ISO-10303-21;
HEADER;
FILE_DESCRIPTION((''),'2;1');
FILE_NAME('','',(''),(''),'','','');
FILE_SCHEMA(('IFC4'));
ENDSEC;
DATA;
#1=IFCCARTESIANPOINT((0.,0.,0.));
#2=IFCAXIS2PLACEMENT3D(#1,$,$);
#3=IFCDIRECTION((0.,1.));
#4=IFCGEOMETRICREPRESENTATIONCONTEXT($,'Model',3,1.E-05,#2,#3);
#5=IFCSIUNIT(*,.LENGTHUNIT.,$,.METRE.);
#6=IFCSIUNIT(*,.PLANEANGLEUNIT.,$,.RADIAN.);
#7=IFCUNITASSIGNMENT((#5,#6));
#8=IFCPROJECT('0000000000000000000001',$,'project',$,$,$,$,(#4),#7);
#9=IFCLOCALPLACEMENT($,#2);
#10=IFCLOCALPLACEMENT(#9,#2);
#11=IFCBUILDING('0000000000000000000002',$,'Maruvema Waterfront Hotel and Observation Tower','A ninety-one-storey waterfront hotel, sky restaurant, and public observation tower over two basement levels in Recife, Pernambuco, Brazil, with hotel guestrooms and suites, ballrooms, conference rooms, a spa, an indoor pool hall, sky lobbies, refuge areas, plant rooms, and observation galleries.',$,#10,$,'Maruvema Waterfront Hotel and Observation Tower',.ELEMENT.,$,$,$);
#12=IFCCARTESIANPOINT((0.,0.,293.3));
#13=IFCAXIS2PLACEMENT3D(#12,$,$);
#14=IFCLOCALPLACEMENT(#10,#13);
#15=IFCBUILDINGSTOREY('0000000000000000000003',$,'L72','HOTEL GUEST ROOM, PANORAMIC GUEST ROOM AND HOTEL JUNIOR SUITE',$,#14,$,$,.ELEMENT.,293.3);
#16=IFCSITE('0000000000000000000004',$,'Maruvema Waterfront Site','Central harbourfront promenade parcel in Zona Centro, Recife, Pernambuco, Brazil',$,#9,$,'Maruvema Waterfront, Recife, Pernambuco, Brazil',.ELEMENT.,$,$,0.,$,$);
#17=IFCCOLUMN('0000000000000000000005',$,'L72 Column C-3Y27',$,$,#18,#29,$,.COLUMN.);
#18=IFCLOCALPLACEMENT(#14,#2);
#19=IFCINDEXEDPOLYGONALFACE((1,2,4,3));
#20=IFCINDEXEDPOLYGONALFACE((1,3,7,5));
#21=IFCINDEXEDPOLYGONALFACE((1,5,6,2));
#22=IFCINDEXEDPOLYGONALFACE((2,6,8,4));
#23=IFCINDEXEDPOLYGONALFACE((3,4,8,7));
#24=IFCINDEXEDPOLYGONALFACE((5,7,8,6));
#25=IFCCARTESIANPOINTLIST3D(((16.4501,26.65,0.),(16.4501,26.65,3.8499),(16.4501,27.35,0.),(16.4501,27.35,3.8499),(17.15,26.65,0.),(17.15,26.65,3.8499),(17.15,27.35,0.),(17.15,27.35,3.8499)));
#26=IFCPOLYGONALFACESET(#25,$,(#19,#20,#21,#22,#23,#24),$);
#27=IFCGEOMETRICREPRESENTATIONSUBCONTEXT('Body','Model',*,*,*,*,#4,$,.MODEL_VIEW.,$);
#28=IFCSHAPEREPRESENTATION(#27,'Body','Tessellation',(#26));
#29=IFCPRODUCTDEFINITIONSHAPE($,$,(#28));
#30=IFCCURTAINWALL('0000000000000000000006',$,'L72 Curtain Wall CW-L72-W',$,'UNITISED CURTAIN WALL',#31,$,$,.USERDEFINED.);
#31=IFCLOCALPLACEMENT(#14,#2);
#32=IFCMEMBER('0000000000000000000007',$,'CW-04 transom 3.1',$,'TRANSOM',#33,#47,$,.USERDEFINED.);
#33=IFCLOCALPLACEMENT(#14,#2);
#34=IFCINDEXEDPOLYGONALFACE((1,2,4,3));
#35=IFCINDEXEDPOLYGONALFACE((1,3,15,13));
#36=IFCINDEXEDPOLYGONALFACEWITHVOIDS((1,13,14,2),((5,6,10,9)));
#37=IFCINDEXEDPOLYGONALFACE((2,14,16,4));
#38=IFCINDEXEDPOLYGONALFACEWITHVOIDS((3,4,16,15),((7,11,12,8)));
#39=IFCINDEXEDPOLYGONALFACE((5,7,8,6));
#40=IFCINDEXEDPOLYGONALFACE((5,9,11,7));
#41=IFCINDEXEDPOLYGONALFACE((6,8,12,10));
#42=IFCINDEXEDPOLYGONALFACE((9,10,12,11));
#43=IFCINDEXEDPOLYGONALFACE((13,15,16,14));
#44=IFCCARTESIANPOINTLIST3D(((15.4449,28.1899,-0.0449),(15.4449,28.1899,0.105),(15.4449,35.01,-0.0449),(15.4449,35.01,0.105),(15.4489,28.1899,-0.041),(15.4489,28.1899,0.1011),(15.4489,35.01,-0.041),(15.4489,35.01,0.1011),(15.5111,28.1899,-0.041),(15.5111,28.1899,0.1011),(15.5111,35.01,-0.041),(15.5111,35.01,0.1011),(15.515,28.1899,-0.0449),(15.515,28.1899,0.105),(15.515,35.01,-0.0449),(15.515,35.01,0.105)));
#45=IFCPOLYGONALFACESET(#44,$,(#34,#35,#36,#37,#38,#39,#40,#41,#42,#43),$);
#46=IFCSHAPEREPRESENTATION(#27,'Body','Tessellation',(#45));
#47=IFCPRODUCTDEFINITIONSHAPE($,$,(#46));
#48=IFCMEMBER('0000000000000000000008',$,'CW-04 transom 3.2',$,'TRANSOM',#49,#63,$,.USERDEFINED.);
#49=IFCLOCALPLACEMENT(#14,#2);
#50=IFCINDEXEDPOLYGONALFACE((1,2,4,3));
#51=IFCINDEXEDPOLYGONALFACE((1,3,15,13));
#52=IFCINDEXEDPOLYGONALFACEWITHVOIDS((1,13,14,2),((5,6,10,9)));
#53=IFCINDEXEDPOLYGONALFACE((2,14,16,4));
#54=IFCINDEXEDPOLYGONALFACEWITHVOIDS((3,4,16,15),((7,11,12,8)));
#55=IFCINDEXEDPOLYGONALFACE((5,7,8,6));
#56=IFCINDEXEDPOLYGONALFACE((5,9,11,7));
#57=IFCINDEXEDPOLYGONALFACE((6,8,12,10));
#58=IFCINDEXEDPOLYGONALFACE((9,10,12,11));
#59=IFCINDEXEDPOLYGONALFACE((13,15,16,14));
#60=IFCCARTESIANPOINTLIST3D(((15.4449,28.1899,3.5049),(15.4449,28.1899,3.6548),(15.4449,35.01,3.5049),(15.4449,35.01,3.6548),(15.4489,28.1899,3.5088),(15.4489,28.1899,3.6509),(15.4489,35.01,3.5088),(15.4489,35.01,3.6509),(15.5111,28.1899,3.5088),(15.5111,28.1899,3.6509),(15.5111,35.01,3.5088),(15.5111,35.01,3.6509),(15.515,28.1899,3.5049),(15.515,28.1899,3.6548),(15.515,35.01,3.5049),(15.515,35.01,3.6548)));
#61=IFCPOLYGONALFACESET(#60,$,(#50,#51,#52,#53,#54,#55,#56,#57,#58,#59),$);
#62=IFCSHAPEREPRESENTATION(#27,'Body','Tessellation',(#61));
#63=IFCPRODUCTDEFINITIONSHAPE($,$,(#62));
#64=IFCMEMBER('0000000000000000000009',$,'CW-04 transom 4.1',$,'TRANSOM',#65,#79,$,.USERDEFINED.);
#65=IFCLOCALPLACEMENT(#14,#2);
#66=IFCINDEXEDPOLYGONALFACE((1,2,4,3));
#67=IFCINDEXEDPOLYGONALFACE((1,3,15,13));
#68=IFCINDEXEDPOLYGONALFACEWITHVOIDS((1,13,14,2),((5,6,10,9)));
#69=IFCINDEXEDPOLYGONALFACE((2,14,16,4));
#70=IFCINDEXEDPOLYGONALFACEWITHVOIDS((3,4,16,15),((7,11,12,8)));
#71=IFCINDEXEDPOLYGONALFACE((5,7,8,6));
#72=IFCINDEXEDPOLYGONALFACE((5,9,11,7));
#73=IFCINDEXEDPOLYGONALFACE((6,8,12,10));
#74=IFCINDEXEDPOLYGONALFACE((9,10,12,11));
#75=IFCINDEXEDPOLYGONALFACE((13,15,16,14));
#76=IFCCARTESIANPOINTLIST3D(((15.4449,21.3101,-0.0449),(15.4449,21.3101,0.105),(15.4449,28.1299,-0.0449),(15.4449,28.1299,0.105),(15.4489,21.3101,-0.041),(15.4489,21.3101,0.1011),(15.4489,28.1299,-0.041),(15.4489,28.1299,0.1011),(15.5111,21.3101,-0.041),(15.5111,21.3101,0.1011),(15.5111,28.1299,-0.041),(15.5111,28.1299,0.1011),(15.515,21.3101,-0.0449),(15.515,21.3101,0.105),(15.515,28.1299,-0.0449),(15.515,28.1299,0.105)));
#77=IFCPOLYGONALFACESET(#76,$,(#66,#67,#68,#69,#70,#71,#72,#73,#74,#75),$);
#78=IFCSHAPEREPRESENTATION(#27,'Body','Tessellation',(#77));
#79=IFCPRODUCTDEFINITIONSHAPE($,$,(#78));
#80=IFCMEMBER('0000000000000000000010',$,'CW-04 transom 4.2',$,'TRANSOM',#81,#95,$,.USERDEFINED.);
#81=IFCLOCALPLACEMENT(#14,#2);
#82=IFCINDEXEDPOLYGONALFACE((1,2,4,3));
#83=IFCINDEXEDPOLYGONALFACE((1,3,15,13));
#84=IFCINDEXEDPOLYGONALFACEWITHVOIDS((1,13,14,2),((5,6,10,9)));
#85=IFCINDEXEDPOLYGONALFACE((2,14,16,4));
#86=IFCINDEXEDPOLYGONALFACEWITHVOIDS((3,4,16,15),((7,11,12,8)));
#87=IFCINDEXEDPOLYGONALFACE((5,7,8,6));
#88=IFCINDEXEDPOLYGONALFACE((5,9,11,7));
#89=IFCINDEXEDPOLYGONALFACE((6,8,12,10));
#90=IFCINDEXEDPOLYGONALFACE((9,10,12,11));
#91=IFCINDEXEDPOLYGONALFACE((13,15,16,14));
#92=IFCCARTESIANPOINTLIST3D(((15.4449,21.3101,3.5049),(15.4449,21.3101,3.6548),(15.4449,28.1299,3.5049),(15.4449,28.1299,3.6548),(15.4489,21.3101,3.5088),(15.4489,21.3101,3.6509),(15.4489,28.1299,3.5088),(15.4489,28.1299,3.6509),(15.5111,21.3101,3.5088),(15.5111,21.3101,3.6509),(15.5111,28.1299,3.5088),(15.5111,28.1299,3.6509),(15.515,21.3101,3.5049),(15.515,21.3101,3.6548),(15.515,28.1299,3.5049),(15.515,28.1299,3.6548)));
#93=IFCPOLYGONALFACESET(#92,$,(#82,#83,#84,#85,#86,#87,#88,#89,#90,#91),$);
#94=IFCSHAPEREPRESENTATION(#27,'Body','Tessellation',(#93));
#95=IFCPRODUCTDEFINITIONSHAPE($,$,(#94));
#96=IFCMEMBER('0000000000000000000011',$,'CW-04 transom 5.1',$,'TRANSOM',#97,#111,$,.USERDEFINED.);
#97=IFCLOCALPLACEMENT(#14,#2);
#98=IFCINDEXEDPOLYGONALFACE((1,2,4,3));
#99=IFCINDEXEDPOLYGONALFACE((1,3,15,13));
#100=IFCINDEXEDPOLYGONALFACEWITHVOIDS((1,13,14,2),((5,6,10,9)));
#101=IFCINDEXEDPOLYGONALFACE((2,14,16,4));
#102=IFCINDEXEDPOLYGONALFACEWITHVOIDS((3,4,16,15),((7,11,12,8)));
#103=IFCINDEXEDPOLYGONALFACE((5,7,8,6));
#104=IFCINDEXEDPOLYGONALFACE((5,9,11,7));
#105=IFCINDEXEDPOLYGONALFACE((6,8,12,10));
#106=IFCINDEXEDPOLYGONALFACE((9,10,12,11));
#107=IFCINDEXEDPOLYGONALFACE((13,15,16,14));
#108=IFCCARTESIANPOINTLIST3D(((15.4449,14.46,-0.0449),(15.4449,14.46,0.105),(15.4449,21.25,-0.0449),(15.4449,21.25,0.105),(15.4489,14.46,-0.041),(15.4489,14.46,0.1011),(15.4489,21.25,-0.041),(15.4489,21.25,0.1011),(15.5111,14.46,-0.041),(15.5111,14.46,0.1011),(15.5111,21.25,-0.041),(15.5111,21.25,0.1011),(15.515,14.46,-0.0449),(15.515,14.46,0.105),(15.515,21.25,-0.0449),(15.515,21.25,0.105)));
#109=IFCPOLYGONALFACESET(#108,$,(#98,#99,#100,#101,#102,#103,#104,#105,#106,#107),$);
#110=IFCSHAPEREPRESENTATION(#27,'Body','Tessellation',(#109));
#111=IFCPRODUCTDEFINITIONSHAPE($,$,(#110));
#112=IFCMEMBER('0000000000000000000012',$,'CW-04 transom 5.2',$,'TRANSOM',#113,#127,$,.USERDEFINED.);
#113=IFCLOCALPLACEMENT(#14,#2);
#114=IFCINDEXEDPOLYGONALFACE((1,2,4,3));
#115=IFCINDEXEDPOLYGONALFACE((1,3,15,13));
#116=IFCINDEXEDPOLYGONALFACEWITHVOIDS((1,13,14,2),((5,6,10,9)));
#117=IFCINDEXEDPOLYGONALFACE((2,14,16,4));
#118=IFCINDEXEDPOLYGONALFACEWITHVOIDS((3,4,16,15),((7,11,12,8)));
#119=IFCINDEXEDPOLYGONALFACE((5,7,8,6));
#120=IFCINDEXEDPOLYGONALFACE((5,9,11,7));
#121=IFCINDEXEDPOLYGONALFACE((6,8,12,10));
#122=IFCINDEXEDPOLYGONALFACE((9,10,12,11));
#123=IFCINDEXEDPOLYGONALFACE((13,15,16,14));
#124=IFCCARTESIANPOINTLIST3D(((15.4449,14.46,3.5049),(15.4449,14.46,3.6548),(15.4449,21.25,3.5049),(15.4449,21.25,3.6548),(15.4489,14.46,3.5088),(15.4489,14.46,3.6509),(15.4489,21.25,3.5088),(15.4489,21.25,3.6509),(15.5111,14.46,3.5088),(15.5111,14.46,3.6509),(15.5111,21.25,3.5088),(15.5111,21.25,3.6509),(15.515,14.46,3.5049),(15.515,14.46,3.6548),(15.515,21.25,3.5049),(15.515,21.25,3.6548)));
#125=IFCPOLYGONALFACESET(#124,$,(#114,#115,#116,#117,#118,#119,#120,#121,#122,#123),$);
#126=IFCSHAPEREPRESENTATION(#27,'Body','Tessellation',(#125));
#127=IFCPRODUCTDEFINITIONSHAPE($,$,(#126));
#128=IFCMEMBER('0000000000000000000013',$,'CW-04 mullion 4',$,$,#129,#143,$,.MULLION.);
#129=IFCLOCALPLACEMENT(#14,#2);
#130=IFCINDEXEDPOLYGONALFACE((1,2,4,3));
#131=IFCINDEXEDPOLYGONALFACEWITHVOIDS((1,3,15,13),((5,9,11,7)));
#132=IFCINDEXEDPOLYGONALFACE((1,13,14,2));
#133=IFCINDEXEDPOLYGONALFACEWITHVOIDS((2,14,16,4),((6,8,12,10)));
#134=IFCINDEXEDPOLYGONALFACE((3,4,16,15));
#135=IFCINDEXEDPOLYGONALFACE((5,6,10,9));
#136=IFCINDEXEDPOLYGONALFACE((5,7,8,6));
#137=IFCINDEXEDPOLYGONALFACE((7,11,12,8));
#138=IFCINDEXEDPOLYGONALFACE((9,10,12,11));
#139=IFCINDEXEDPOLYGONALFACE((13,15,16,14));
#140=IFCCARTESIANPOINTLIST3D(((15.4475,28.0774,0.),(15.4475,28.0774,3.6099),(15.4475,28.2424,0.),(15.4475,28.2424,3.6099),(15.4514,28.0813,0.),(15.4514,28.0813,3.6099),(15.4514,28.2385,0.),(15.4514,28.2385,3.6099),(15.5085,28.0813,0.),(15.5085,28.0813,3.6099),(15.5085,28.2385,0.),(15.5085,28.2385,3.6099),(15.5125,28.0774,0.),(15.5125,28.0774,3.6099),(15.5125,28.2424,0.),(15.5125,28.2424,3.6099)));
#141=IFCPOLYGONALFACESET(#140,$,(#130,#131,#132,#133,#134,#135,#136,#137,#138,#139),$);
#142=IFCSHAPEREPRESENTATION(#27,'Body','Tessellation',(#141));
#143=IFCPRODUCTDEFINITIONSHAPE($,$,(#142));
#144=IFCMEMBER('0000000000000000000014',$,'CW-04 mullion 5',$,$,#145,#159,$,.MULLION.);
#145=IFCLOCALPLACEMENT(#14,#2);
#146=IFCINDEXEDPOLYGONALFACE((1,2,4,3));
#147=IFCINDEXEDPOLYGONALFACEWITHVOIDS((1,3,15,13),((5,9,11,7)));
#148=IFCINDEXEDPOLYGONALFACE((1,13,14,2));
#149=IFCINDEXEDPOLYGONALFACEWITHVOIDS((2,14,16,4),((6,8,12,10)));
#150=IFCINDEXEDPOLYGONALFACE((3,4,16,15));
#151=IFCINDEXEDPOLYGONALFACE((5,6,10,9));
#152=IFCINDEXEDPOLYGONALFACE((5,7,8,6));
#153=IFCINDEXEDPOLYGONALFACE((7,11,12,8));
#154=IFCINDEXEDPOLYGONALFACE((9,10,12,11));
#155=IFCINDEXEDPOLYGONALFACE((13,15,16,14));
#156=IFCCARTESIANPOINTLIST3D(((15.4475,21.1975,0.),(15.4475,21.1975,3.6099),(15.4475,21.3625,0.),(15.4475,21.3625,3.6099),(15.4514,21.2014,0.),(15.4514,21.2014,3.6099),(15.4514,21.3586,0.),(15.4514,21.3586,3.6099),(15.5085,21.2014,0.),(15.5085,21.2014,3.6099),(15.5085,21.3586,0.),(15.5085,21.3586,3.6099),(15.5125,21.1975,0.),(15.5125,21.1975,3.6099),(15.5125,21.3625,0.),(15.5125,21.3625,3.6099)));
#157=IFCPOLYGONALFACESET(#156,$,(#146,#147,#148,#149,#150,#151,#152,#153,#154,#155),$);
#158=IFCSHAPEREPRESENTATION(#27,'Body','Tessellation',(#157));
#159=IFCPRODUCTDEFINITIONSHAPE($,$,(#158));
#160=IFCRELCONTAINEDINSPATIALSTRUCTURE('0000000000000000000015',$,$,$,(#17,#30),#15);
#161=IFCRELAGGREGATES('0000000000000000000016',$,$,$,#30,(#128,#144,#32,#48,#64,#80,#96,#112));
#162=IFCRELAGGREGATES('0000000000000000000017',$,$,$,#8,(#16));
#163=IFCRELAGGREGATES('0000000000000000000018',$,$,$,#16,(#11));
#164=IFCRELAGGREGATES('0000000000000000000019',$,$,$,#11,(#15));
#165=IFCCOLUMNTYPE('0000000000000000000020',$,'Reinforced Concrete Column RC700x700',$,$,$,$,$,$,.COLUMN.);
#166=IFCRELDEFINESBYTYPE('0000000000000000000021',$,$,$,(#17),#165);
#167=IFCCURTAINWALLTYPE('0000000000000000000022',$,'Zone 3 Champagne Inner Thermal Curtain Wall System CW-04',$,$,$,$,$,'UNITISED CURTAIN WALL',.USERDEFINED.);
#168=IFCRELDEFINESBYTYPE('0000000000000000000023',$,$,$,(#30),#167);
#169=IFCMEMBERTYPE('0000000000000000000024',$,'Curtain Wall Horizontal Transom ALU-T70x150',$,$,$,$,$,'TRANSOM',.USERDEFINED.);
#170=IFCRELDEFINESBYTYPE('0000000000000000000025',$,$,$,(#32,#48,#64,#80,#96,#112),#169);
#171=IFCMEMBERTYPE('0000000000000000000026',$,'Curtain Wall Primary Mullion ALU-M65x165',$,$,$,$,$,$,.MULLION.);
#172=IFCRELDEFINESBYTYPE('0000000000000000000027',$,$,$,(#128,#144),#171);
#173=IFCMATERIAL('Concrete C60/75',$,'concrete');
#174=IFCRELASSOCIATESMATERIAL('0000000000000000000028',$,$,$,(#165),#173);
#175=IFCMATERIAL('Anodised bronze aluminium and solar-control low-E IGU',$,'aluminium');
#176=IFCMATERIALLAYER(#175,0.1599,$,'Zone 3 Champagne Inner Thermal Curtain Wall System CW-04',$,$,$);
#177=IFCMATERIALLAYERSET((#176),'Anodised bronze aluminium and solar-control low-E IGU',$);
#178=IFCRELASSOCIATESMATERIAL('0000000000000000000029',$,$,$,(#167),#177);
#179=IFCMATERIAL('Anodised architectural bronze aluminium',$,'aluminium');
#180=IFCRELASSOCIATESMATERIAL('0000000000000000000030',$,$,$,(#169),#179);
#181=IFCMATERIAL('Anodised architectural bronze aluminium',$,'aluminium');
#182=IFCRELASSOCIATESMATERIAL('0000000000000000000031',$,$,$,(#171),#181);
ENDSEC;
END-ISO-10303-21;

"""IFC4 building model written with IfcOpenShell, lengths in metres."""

from ifc_helpers import new_model, si_unit, direction, frame, origin, origin_2d, place, context, subcontext, project, spatial, rectangle, hollow_rectangle, extrude, material, layer, layer_set, material_profile, profile_set, type_object, element, aggregate, save


model = new_model("IFC4")

# Units and contexts
model_context = context("Model", 3, precision=1e-05, world=origin(), true_north=direction((0.0, 1.0)))
body_context = subcontext(model_context, "Body", "Model", "MODEL_VIEW")
ifc_project = project(units=[si_unit("LENGTHUNIT", "METRE"), si_unit("PLANEANGLEUNIT", "RADIAN")], contexts=[model_context])

# Site, building, storey
site_placement = place(None, origin())
site = spatial("IfcSite", under=ifc_project, at=site_placement, Name="Maruvema Waterfront Site", Description="Central harbourfront promenade parcel in Zona Centro, Recife, Pernambuco, Brazil", LongName="Maruvema Waterfront, Recife, Pernambuco, Brazil", CompositionType="ELEMENT", RefElevation=0.0)
building_placement = place(site_placement, origin())
building = spatial("IfcBuilding", under=site, at=building_placement, Name="Maruvema Waterfront Hotel and Observation Tower", Description="A ninety-one-storey waterfront hotel, sky restaurant, and public observation tower over two basement levels in Recife, Pernambuco, Brazil, with hotel guestrooms and suites, ballrooms, conference rooms, a spa, an indoor pool hall, sky lobbies, refuge areas, plant rooms, and observation galleries.", LongName="Maruvema Waterfront Hotel and Observation Tower", CompositionType="ELEMENT")
storey_placement = place(building_placement, frame((0.0, 0.0, 293.3)))
storey = spatial("IfcBuildingStorey", under=building, at=storey_placement, Name="L72", Description="HOTEL GUEST ROOM, PANORAMIC GUEST ROOM AND HOTEL JUNIOR SUITE", CompositionType="ELEMENT", Elevation=293.3)

# Column
ifc_material_1 = material(Name="Concrete C60/75", Category="concrete")
ifc_material_profile_1 = material_profile(ifc_material_1, rectangle(XDim=0.7, YDim=0.7, at=origin_2d()), Name="RC700x700")
ifc_profile_set_1 = profile_set([ifc_material_profile_1], Name="Concrete C60/75")
column_type = type_object("IfcColumnType", Name="Reinforced Concrete Column RC700x700", PredefinedType="COLUMN", material=ifc_profile_set_1)
column_placement = place(storey_placement, frame((16.8, 27.0, 0.0), z_axis=(0.0, 0.0, 1.0), x_axis=(1.0, 0.0, 0.0)))
element("IfcColumn", 1, at=column_placement, inside=storey, type_object=column_type, Name="L72 Column C-3Y27", PredefinedType="COLUMN", context=body_context, shape_type="SweptSolid", body=[
    extrude(rectangle(XDim=0.7, YDim=0.7, at=origin_2d()), origin(), (0.0, 0.0, 1.0), 3.8499),
])

# Curtain wall, members
ifc_material_2 = material(Name="Anodised bronze aluminium and solar-control low-E IGU", Category="aluminium")
ifc_layer_1 = layer(ifc_material_2, 0.1599, Name="Zone 3 Champagne Inner Thermal Curtain Wall System CW-04")
ifc_layer_set_1 = layer_set([ifc_layer_1], Name="Anodised bronze aluminium and solar-control low-E IGU")
curtain_wall_type = type_object("IfcCurtainWallType", Name="Zone 3 Champagne Inner Thermal Curtain Wall System CW-04", ElementType="UNITISED CURTAIN WALL", PredefinedType="USERDEFINED", material=ifc_layer_set_1)
curtain_wall_placement = place(storey_placement, origin())
curtain_wall = element("IfcCurtainWall", 2, at=curtain_wall_placement, inside=storey, type_object=curtain_wall_type, Name="L72 Curtain Wall CW-L72-W", ObjectType="UNITISED CURTAIN WALL", PredefinedType="USERDEFINED")
ifc_material_3 = material(Name="Anodised architectural bronze aluminium", Category="aluminium")
ifc_material_profile_2 = material_profile(ifc_material_3, hollow_rectangle(XDim=0.0701, YDim=0.1499, WallThickness=0.0039, at=origin_2d()), Name="ALU-T70x150")
ifc_profile_set_2 = profile_set([ifc_material_profile_2], Name="Anodised architectural bronze aluminium")
member_type_1 = type_object("IfcMemberType", Name="Curtain Wall Horizontal Transom ALU-T70x150", ElementType="TRANSOM", PredefinedType="USERDEFINED", material=ifc_profile_set_2)
member_1_placement = place(storey_placement, frame((15.48, 35.01, 0.03), z_axis=(0.0, -1.0, 0.0), x_axis=(1.0, 0.0, 0.0)))
member_1 = element("IfcMember", 3, at=member_1_placement, type_object=member_type_1, Name="CW-04 transom 3.1", ObjectType="TRANSOM", PredefinedType="USERDEFINED", context=body_context, shape_type="SweptSolid", body=[
    extrude(hollow_rectangle(XDim=0.0701, YDim=0.1499, WallThickness=0.0039, at=origin_2d()), origin(), (0.0, 0.0, 1.0), 6.8201),
])
member_2_placement = place(storey_placement, frame((15.48, 35.01, 3.5798), z_axis=(0.0, -1.0, 0.0), x_axis=(1.0, 0.0, 0.0)))
member_2 = element("IfcMember", 4, at=member_2_placement, type_object=member_type_1, Name="CW-04 transom 3.2", ObjectType="TRANSOM", PredefinedType="USERDEFINED", context=body_context, shape_type="SweptSolid", body=[
    extrude(hollow_rectangle(XDim=0.0701, YDim=0.1499, WallThickness=0.0039, at=origin_2d()), origin(), (0.0, 0.0, 1.0), 6.8201),
])
member_3_placement = place(storey_placement, frame((15.48, 28.1299, 0.03), z_axis=(0.0, -1.0, 0.0), x_axis=(1.0, 0.0, 0.0)))
member_3 = element("IfcMember", 5, at=member_3_placement, type_object=member_type_1, Name="CW-04 transom 4.1", ObjectType="TRANSOM", PredefinedType="USERDEFINED", context=body_context, shape_type="SweptSolid", body=[
    extrude(hollow_rectangle(XDim=0.0701, YDim=0.1499, WallThickness=0.0039, at=origin_2d()), origin(), (0.0, 0.0, 1.0), 6.8198),
])
member_4_placement = place(storey_placement, frame((15.48, 28.1299, 3.5798), z_axis=(0.0, -1.0, 0.0), x_axis=(1.0, 0.0, 0.0)))
member_4 = element("IfcMember", 6, at=member_4_placement, type_object=member_type_1, Name="CW-04 transom 4.2", ObjectType="TRANSOM", PredefinedType="USERDEFINED", context=body_context, shape_type="SweptSolid", body=[
    extrude(hollow_rectangle(XDim=0.0701, YDim=0.1499, WallThickness=0.0039, at=origin_2d()), origin(), (0.0, 0.0, 1.0), 6.8198),
])
member_5_placement = place(storey_placement, frame((15.48, 21.25, 0.03), z_axis=(0.0, -1.0, 0.0), x_axis=(1.0, 0.0, 0.0)))
member_5 = element("IfcMember", 7, at=member_5_placement, type_object=member_type_1, Name="CW-04 transom 5.1", ObjectType="TRANSOM", PredefinedType="USERDEFINED", context=body_context, shape_type="SweptSolid", body=[
    extrude(hollow_rectangle(XDim=0.0701, YDim=0.1499, WallThickness=0.0039, at=origin_2d()), origin(), (0.0, 0.0, 1.0), 6.79),
])
member_6_placement = place(storey_placement, frame((15.48, 21.25, 3.5798), z_axis=(0.0, -1.0, 0.0), x_axis=(1.0, 0.0, 0.0)))
member_6 = element("IfcMember", 8, at=member_6_placement, type_object=member_type_1, Name="CW-04 transom 5.2", ObjectType="TRANSOM", PredefinedType="USERDEFINED", context=body_context, shape_type="SweptSolid", body=[
    extrude(hollow_rectangle(XDim=0.0701, YDim=0.1499, WallThickness=0.0039, at=origin_2d()), origin(), (0.0, 0.0, 1.0), 6.79),
])
ifc_material_4 = material(Name="Anodised architectural bronze aluminium", Category="aluminium")
ifc_material_profile_3 = material_profile(ifc_material_4, hollow_rectangle(XDim=0.0649, YDim=0.165, WallThickness=0.0039, at=origin_2d()), Name="ALU-M65x165")
ifc_profile_set_3 = profile_set([ifc_material_profile_3], Name="Anodised architectural bronze aluminium")
member_type_2 = type_object("IfcMemberType", Name="Curtain Wall Primary Mullion ALU-M65x165", PredefinedType="MULLION", material=ifc_profile_set_3)
member_7_placement = place(storey_placement, frame((15.48, 28.1599, 0.0), z_axis=(0.0, 0.0, 1.0), x_axis=(1.0, 0.0, 0.0)))
member_7 = element("IfcMember", 9, at=member_7_placement, type_object=member_type_2, Name="CW-04 mullion 4", PredefinedType="MULLION", context=body_context, shape_type="SweptSolid", body=[
    extrude(hollow_rectangle(XDim=0.0649, YDim=0.165, WallThickness=0.0039, at=origin_2d()), origin(), (0.0, 0.0, 1.0), 3.6099),
])
member_8_placement = place(storey_placement, frame((15.48, 21.28, 0.0), z_axis=(0.0, 0.0, 1.0), x_axis=(1.0, 0.0, 0.0)))
member_8 = element("IfcMember", 10, at=member_8_placement, type_object=member_type_2, Name="CW-04 mullion 5", PredefinedType="MULLION", context=body_context, shape_type="SweptSolid", body=[
    extrude(hollow_rectangle(XDim=0.0649, YDim=0.165, WallThickness=0.0039, at=origin_2d()), origin(), (0.0, 0.0, 1.0), 3.6099),
])

aggregate(curtain_wall, [member_7, member_8, member_1, member_2, member_3, member_4, member_5, member_6])

save(model, "model.ifc")
